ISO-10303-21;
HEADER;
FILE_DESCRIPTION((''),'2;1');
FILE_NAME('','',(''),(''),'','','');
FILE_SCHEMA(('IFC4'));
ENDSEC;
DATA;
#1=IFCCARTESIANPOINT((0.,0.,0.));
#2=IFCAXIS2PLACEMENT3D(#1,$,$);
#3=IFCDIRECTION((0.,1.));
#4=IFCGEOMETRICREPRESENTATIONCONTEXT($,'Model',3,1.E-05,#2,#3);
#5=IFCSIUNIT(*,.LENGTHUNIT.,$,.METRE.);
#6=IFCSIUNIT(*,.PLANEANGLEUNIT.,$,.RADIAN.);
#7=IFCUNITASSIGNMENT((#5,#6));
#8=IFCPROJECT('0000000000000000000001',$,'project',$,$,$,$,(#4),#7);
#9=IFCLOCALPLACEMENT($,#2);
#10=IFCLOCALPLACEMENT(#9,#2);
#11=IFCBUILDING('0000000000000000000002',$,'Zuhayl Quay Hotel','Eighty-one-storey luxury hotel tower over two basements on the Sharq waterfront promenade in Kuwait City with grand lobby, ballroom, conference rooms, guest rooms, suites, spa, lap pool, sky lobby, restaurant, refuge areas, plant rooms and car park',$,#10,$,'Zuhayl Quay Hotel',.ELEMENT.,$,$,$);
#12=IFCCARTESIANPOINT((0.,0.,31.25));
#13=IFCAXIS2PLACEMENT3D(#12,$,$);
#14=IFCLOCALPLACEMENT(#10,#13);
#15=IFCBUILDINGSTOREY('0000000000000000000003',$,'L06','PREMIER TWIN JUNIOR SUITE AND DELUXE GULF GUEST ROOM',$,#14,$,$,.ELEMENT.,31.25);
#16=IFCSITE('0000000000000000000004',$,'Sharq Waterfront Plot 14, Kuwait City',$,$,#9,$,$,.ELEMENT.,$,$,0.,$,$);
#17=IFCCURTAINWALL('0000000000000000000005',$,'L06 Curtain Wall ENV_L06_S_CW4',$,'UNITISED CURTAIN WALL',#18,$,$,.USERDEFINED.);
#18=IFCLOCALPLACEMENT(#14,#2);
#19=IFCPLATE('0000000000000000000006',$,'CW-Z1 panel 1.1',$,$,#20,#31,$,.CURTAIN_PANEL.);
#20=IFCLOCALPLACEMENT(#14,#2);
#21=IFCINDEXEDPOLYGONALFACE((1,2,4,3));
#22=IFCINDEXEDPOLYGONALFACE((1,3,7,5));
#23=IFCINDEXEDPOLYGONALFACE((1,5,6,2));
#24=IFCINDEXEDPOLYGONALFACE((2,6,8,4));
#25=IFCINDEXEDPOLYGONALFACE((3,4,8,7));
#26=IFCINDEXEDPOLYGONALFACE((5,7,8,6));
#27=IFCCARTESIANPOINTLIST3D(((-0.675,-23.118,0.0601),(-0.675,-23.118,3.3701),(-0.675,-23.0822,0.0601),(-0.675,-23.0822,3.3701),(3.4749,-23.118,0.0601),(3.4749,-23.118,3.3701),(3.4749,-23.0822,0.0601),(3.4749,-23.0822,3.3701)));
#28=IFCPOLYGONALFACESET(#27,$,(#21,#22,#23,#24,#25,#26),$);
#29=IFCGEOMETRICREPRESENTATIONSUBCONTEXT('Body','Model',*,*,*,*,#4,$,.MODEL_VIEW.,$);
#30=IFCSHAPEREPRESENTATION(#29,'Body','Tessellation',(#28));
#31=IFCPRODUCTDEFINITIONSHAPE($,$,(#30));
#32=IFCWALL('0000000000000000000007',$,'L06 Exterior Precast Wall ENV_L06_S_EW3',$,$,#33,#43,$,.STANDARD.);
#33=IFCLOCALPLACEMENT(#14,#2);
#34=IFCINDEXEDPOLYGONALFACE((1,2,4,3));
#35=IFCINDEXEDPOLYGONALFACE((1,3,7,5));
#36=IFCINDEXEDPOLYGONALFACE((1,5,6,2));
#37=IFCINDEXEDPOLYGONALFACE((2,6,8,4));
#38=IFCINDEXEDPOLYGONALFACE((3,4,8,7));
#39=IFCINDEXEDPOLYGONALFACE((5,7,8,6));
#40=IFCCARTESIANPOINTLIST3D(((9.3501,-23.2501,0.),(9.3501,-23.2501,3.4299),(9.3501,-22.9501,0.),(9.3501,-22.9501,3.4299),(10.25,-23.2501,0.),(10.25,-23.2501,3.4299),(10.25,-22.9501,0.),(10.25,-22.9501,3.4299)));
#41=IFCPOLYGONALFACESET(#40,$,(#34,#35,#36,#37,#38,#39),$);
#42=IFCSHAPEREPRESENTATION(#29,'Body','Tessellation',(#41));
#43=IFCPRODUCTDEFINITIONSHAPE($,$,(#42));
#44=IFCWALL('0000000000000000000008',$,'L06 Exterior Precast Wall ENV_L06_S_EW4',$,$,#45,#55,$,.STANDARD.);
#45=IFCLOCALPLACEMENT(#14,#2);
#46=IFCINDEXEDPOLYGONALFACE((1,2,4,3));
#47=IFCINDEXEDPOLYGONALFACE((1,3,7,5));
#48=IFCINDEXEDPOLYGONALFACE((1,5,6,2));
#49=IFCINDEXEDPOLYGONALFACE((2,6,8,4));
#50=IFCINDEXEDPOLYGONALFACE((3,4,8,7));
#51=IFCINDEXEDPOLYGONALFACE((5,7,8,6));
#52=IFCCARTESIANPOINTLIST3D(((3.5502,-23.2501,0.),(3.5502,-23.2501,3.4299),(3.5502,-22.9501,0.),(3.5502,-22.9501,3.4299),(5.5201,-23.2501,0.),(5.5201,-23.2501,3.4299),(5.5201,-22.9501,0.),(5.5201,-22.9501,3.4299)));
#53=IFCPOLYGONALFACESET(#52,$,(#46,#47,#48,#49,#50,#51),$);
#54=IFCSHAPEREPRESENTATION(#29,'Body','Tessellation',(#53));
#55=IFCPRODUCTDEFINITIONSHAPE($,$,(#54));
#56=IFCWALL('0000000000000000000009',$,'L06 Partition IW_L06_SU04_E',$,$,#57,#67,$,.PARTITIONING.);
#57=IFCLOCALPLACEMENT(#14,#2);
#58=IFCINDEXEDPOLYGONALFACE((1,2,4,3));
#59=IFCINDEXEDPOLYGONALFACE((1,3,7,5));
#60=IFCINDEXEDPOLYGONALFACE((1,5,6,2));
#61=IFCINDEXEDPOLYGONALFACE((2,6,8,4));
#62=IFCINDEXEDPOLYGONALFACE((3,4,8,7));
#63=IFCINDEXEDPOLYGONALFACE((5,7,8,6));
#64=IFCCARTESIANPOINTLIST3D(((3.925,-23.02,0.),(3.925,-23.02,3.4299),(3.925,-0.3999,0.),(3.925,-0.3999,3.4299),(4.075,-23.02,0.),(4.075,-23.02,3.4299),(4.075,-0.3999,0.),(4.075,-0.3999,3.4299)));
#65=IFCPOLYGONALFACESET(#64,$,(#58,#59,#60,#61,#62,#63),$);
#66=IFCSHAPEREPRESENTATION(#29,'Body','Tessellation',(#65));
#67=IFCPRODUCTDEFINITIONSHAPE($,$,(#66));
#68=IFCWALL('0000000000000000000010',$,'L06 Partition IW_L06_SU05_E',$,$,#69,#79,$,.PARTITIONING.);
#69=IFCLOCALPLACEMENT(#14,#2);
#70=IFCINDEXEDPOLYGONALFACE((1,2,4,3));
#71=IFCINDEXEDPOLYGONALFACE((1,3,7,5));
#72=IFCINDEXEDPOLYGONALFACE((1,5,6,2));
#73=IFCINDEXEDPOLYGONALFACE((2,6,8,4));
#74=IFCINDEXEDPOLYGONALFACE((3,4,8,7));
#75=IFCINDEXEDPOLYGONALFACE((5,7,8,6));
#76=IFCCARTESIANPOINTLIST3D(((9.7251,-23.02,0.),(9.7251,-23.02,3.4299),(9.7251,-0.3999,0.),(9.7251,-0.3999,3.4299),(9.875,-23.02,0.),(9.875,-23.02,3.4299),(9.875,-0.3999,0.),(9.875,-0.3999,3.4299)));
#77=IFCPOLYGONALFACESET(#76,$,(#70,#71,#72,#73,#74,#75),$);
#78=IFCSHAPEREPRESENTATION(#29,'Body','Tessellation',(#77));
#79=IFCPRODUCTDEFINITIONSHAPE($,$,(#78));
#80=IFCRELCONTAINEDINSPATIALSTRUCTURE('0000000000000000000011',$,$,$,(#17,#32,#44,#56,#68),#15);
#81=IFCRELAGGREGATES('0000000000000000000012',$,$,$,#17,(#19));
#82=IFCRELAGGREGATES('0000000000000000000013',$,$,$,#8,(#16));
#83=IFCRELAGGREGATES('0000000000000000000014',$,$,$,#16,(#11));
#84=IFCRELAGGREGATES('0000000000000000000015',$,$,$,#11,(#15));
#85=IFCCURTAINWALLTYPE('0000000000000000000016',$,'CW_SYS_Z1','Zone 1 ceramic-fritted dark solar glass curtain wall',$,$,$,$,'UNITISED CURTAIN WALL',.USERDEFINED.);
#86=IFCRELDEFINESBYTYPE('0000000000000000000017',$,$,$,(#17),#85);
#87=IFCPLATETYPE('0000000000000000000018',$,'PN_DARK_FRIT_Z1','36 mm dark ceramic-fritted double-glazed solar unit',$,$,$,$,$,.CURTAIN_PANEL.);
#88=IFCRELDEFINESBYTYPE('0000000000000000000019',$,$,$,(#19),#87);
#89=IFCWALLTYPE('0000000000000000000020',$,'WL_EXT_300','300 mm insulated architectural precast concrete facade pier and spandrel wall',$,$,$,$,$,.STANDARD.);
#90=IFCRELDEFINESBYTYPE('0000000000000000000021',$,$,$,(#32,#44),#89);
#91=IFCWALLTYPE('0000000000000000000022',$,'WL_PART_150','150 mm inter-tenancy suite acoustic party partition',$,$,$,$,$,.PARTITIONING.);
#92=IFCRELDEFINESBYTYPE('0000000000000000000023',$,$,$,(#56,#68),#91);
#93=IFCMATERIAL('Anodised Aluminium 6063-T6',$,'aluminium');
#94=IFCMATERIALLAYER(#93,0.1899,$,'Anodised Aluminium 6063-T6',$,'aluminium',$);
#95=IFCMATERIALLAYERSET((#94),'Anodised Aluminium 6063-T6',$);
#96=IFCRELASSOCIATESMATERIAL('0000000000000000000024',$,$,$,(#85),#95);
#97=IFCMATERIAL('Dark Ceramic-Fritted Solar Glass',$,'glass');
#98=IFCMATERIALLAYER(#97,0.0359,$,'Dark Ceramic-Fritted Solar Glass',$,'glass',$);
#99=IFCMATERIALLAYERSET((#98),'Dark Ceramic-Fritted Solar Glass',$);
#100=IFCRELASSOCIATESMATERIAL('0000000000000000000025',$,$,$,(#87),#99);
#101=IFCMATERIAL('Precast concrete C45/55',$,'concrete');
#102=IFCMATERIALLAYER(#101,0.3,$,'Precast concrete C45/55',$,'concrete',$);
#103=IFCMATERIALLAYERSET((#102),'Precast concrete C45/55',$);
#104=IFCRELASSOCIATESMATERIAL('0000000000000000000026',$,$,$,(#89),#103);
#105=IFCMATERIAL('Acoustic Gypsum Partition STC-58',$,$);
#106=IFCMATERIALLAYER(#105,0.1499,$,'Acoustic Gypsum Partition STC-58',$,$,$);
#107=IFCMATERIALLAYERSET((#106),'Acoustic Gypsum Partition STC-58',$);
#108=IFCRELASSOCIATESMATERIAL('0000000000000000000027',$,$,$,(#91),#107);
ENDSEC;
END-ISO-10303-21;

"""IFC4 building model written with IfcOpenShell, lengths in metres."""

from ifc_helpers import new_model, si_unit, direction, frame, frame_2d, origin, origin_2d, place, context, subcontext, project, spatial, rectangle, extrude, material, layer, layer_set, type_object, element, aggregate, save


model = new_model("IFC4")

# Units and contexts
model_context = context("Model", 3, precision=1e-05, world=origin(), true_north=direction((0.0, 1.0)))
body_context = subcontext(model_context, "Body", "Model", "MODEL_VIEW")
ifc_project = project(units=[si_unit("LENGTHUNIT", "METRE"), si_unit("PLANEANGLEUNIT", "RADIAN")], contexts=[model_context])

# Site, building, storey
site_placement = place(None, origin())
site = spatial("IfcSite", under=ifc_project, at=site_placement, Name="Sharq Waterfront Plot 14, Kuwait City", CompositionType="ELEMENT", RefElevation=0.0)
building_placement = place(site_placement, origin())
building = spatial("IfcBuilding", under=site, at=building_placement, Name="Zuhayl Quay Hotel", Description="Eighty-one-storey luxury hotel tower over two basements on the Sharq waterfront promenade in Kuwait City with grand lobby, ballroom, conference rooms, guest rooms, suites, spa, lap pool, sky lobby, restaurant, refuge areas, plant rooms and car park", LongName="Zuhayl Quay Hotel", CompositionType="ELEMENT")
storey_placement = place(building_placement, frame((0.0, 0.0, 31.25)))
storey = spatial("IfcBuildingStorey", under=building, at=storey_placement, Name="L06", Description="PREMIER TWIN JUNIOR SUITE AND DELUXE GULF GUEST ROOM", CompositionType="ELEMENT", Elevation=31.25)

# Shared definitions
ifc_material_1 = material(Name="Anodised Aluminium 6063-T6", Category="aluminium")
ifc_layer_1 = layer(ifc_material_1, 0.1899, Name="Anodised Aluminium 6063-T6", Category="aluminium")
ifc_layer_set_1 = layer_set([ifc_layer_1], Name="Anodised Aluminium 6063-T6")
curtain_wall_type = type_object("IfcCurtainWallType", Name="CW_SYS_Z1", Description="Zone 1 ceramic-fritted dark solar glass curtain wall", ElementType="UNITISED CURTAIN WALL", PredefinedType="USERDEFINED", material=ifc_layer_set_1)

# Curtain wall
curtain_wall_1_placement = place(storey_placement, origin())
curtain_wall_1 = element("IfcCurtainWall", 1, at=curtain_wall_1_placement, inside=storey, type_object=curtain_wall_type, Name="L06 Curtain Wall ENV_L06_S_CW4", ObjectType="UNITISED CURTAIN WALL", PredefinedType="USERDEFINED")

# Plate
ifc_material_2 = material(Name="Dark Ceramic-Fritted Solar Glass", Category="glass")
ifc_layer_2 = layer(ifc_material_2, 0.0359, Name="Dark Ceramic-Fritted Solar Glass", Category="glass")
ifc_layer_set_2 = layer_set([ifc_layer_2], Name="Dark Ceramic-Fritted Solar Glass")
plate_type = type_object("IfcPlateType", Name="PN_DARK_FRIT_Z1", Description="36 mm dark ceramic-fritted double-glazed solar unit", PredefinedType="CURTAIN_PANEL", material=ifc_layer_set_2)
plate_1_placement = place(storey_placement, frame((1.3999, -23.1001, 0.0601), z_axis=(0.0, 0.0, 1.0), x_axis=(-1.0, 0.0, 0.0)))
plate_1 = element("IfcPlate", 2, at=plate_1_placement, type_object=plate_type, Name="CW-Z1 panel 1.1", PredefinedType="CURTAIN_PANEL", context=body_context, shape_type="SweptSolid", body=[
    extrude(rectangle(XDim=4.1499, YDim=0.0359, at=origin_2d()), origin(), (0.0, 0.0, 1.0), 3.3101),
])
aggregate(curtain_wall_1, [plate_1])

# Walls
ifc_material_3 = material(Name="Precast concrete C45/55", Category="concrete")
ifc_layer_3 = layer(ifc_material_3, 0.3, Name="Precast concrete C45/55", Category="concrete")
ifc_layer_set_3 = layer_set([ifc_layer_3], Name="Precast concrete C45/55")
wall_type_1 = type_object("IfcWallType", Name="WL_EXT_300", Description="300 mm insulated architectural precast concrete facade pier and spandrel wall", PredefinedType="STANDARD", material=ifc_layer_set_3)
wall_1_placement = place(storey_placement, frame((10.25, -23.1001, 0.0), z_axis=(0.0, 0.0, 1.0), x_axis=(-1.0, 0.0, 0.0)))
element("IfcWall", 3, at=wall_1_placement, inside=storey, type_object=wall_type_1, Name="L06 Exterior Precast Wall ENV_L06_S_EW3", PredefinedType="STANDARD", context=body_context, shape_type="SweptSolid", body=[
    extrude(rectangle(XDim=0.8999, YDim=0.3, at=frame_2d((0.45, 0.0))), origin(), (0.0, 0.0, 1.0), 3.4299),
])
wall_2_placement = place(storey_placement, frame((5.52, -23.1001, 0.0), z_axis=(0.0, 0.0, 1.0), x_axis=(-1.0, 0.0, 0.0)))
element("IfcWall", 4, at=wall_2_placement, inside=storey, type_object=wall_type_1, Name="L06 Exterior Precast Wall ENV_L06_S_EW4", PredefinedType="STANDARD", context=body_context, shape_type="SweptSolid", body=[
    extrude(rectangle(XDim=1.97, YDim=0.3, at=frame_2d((0.9849, 0.0))), origin(), (0.0, 0.0, 1.0), 3.4299),
])
ifc_material_4 = material(Name="Acoustic Gypsum Partition STC-58")
ifc_layer_4 = layer(ifc_material_4, 0.1499, Name="Acoustic Gypsum Partition STC-58")
ifc_layer_set_4 = layer_set([ifc_layer_4], Name="Acoustic Gypsum Partition STC-58")
wall_type_2 = type_object("IfcWallType", Name="WL_PART_150", Description="150 mm inter-tenancy suite acoustic party partition", PredefinedType="PARTITIONING", material=ifc_layer_set_4)
for number, where, z_axis, x_axis, name in (
    (5, (4.0, -23.02, 0.0), (0.0, 0.0, 1.0), (0.0, 1.0, 0.0), "L06 Partition IW_L06_SU04_E"),
    (6, (9.8, -23.02, 0.0), (0.0, 0.0, 1.0), (0.0, 1.0, 0.0), "L06 Partition IW_L06_SU05_E"),
):
    element("IfcWall", number, at=place(storey_placement, frame(where, z_axis=z_axis, x_axis=x_axis)), inside=storey, type_object=wall_type_2, Name=name, PredefinedType="PARTITIONING", context=body_context, shape_type="SweptSolid", body=[
        extrude(rectangle(XDim=22.6201, YDim=0.1499, at=frame_2d((11.3101, 0.0))), origin(), (0.0, 0.0, 1.0), 3.4299),
    ])

save(model, "model.ifc")
